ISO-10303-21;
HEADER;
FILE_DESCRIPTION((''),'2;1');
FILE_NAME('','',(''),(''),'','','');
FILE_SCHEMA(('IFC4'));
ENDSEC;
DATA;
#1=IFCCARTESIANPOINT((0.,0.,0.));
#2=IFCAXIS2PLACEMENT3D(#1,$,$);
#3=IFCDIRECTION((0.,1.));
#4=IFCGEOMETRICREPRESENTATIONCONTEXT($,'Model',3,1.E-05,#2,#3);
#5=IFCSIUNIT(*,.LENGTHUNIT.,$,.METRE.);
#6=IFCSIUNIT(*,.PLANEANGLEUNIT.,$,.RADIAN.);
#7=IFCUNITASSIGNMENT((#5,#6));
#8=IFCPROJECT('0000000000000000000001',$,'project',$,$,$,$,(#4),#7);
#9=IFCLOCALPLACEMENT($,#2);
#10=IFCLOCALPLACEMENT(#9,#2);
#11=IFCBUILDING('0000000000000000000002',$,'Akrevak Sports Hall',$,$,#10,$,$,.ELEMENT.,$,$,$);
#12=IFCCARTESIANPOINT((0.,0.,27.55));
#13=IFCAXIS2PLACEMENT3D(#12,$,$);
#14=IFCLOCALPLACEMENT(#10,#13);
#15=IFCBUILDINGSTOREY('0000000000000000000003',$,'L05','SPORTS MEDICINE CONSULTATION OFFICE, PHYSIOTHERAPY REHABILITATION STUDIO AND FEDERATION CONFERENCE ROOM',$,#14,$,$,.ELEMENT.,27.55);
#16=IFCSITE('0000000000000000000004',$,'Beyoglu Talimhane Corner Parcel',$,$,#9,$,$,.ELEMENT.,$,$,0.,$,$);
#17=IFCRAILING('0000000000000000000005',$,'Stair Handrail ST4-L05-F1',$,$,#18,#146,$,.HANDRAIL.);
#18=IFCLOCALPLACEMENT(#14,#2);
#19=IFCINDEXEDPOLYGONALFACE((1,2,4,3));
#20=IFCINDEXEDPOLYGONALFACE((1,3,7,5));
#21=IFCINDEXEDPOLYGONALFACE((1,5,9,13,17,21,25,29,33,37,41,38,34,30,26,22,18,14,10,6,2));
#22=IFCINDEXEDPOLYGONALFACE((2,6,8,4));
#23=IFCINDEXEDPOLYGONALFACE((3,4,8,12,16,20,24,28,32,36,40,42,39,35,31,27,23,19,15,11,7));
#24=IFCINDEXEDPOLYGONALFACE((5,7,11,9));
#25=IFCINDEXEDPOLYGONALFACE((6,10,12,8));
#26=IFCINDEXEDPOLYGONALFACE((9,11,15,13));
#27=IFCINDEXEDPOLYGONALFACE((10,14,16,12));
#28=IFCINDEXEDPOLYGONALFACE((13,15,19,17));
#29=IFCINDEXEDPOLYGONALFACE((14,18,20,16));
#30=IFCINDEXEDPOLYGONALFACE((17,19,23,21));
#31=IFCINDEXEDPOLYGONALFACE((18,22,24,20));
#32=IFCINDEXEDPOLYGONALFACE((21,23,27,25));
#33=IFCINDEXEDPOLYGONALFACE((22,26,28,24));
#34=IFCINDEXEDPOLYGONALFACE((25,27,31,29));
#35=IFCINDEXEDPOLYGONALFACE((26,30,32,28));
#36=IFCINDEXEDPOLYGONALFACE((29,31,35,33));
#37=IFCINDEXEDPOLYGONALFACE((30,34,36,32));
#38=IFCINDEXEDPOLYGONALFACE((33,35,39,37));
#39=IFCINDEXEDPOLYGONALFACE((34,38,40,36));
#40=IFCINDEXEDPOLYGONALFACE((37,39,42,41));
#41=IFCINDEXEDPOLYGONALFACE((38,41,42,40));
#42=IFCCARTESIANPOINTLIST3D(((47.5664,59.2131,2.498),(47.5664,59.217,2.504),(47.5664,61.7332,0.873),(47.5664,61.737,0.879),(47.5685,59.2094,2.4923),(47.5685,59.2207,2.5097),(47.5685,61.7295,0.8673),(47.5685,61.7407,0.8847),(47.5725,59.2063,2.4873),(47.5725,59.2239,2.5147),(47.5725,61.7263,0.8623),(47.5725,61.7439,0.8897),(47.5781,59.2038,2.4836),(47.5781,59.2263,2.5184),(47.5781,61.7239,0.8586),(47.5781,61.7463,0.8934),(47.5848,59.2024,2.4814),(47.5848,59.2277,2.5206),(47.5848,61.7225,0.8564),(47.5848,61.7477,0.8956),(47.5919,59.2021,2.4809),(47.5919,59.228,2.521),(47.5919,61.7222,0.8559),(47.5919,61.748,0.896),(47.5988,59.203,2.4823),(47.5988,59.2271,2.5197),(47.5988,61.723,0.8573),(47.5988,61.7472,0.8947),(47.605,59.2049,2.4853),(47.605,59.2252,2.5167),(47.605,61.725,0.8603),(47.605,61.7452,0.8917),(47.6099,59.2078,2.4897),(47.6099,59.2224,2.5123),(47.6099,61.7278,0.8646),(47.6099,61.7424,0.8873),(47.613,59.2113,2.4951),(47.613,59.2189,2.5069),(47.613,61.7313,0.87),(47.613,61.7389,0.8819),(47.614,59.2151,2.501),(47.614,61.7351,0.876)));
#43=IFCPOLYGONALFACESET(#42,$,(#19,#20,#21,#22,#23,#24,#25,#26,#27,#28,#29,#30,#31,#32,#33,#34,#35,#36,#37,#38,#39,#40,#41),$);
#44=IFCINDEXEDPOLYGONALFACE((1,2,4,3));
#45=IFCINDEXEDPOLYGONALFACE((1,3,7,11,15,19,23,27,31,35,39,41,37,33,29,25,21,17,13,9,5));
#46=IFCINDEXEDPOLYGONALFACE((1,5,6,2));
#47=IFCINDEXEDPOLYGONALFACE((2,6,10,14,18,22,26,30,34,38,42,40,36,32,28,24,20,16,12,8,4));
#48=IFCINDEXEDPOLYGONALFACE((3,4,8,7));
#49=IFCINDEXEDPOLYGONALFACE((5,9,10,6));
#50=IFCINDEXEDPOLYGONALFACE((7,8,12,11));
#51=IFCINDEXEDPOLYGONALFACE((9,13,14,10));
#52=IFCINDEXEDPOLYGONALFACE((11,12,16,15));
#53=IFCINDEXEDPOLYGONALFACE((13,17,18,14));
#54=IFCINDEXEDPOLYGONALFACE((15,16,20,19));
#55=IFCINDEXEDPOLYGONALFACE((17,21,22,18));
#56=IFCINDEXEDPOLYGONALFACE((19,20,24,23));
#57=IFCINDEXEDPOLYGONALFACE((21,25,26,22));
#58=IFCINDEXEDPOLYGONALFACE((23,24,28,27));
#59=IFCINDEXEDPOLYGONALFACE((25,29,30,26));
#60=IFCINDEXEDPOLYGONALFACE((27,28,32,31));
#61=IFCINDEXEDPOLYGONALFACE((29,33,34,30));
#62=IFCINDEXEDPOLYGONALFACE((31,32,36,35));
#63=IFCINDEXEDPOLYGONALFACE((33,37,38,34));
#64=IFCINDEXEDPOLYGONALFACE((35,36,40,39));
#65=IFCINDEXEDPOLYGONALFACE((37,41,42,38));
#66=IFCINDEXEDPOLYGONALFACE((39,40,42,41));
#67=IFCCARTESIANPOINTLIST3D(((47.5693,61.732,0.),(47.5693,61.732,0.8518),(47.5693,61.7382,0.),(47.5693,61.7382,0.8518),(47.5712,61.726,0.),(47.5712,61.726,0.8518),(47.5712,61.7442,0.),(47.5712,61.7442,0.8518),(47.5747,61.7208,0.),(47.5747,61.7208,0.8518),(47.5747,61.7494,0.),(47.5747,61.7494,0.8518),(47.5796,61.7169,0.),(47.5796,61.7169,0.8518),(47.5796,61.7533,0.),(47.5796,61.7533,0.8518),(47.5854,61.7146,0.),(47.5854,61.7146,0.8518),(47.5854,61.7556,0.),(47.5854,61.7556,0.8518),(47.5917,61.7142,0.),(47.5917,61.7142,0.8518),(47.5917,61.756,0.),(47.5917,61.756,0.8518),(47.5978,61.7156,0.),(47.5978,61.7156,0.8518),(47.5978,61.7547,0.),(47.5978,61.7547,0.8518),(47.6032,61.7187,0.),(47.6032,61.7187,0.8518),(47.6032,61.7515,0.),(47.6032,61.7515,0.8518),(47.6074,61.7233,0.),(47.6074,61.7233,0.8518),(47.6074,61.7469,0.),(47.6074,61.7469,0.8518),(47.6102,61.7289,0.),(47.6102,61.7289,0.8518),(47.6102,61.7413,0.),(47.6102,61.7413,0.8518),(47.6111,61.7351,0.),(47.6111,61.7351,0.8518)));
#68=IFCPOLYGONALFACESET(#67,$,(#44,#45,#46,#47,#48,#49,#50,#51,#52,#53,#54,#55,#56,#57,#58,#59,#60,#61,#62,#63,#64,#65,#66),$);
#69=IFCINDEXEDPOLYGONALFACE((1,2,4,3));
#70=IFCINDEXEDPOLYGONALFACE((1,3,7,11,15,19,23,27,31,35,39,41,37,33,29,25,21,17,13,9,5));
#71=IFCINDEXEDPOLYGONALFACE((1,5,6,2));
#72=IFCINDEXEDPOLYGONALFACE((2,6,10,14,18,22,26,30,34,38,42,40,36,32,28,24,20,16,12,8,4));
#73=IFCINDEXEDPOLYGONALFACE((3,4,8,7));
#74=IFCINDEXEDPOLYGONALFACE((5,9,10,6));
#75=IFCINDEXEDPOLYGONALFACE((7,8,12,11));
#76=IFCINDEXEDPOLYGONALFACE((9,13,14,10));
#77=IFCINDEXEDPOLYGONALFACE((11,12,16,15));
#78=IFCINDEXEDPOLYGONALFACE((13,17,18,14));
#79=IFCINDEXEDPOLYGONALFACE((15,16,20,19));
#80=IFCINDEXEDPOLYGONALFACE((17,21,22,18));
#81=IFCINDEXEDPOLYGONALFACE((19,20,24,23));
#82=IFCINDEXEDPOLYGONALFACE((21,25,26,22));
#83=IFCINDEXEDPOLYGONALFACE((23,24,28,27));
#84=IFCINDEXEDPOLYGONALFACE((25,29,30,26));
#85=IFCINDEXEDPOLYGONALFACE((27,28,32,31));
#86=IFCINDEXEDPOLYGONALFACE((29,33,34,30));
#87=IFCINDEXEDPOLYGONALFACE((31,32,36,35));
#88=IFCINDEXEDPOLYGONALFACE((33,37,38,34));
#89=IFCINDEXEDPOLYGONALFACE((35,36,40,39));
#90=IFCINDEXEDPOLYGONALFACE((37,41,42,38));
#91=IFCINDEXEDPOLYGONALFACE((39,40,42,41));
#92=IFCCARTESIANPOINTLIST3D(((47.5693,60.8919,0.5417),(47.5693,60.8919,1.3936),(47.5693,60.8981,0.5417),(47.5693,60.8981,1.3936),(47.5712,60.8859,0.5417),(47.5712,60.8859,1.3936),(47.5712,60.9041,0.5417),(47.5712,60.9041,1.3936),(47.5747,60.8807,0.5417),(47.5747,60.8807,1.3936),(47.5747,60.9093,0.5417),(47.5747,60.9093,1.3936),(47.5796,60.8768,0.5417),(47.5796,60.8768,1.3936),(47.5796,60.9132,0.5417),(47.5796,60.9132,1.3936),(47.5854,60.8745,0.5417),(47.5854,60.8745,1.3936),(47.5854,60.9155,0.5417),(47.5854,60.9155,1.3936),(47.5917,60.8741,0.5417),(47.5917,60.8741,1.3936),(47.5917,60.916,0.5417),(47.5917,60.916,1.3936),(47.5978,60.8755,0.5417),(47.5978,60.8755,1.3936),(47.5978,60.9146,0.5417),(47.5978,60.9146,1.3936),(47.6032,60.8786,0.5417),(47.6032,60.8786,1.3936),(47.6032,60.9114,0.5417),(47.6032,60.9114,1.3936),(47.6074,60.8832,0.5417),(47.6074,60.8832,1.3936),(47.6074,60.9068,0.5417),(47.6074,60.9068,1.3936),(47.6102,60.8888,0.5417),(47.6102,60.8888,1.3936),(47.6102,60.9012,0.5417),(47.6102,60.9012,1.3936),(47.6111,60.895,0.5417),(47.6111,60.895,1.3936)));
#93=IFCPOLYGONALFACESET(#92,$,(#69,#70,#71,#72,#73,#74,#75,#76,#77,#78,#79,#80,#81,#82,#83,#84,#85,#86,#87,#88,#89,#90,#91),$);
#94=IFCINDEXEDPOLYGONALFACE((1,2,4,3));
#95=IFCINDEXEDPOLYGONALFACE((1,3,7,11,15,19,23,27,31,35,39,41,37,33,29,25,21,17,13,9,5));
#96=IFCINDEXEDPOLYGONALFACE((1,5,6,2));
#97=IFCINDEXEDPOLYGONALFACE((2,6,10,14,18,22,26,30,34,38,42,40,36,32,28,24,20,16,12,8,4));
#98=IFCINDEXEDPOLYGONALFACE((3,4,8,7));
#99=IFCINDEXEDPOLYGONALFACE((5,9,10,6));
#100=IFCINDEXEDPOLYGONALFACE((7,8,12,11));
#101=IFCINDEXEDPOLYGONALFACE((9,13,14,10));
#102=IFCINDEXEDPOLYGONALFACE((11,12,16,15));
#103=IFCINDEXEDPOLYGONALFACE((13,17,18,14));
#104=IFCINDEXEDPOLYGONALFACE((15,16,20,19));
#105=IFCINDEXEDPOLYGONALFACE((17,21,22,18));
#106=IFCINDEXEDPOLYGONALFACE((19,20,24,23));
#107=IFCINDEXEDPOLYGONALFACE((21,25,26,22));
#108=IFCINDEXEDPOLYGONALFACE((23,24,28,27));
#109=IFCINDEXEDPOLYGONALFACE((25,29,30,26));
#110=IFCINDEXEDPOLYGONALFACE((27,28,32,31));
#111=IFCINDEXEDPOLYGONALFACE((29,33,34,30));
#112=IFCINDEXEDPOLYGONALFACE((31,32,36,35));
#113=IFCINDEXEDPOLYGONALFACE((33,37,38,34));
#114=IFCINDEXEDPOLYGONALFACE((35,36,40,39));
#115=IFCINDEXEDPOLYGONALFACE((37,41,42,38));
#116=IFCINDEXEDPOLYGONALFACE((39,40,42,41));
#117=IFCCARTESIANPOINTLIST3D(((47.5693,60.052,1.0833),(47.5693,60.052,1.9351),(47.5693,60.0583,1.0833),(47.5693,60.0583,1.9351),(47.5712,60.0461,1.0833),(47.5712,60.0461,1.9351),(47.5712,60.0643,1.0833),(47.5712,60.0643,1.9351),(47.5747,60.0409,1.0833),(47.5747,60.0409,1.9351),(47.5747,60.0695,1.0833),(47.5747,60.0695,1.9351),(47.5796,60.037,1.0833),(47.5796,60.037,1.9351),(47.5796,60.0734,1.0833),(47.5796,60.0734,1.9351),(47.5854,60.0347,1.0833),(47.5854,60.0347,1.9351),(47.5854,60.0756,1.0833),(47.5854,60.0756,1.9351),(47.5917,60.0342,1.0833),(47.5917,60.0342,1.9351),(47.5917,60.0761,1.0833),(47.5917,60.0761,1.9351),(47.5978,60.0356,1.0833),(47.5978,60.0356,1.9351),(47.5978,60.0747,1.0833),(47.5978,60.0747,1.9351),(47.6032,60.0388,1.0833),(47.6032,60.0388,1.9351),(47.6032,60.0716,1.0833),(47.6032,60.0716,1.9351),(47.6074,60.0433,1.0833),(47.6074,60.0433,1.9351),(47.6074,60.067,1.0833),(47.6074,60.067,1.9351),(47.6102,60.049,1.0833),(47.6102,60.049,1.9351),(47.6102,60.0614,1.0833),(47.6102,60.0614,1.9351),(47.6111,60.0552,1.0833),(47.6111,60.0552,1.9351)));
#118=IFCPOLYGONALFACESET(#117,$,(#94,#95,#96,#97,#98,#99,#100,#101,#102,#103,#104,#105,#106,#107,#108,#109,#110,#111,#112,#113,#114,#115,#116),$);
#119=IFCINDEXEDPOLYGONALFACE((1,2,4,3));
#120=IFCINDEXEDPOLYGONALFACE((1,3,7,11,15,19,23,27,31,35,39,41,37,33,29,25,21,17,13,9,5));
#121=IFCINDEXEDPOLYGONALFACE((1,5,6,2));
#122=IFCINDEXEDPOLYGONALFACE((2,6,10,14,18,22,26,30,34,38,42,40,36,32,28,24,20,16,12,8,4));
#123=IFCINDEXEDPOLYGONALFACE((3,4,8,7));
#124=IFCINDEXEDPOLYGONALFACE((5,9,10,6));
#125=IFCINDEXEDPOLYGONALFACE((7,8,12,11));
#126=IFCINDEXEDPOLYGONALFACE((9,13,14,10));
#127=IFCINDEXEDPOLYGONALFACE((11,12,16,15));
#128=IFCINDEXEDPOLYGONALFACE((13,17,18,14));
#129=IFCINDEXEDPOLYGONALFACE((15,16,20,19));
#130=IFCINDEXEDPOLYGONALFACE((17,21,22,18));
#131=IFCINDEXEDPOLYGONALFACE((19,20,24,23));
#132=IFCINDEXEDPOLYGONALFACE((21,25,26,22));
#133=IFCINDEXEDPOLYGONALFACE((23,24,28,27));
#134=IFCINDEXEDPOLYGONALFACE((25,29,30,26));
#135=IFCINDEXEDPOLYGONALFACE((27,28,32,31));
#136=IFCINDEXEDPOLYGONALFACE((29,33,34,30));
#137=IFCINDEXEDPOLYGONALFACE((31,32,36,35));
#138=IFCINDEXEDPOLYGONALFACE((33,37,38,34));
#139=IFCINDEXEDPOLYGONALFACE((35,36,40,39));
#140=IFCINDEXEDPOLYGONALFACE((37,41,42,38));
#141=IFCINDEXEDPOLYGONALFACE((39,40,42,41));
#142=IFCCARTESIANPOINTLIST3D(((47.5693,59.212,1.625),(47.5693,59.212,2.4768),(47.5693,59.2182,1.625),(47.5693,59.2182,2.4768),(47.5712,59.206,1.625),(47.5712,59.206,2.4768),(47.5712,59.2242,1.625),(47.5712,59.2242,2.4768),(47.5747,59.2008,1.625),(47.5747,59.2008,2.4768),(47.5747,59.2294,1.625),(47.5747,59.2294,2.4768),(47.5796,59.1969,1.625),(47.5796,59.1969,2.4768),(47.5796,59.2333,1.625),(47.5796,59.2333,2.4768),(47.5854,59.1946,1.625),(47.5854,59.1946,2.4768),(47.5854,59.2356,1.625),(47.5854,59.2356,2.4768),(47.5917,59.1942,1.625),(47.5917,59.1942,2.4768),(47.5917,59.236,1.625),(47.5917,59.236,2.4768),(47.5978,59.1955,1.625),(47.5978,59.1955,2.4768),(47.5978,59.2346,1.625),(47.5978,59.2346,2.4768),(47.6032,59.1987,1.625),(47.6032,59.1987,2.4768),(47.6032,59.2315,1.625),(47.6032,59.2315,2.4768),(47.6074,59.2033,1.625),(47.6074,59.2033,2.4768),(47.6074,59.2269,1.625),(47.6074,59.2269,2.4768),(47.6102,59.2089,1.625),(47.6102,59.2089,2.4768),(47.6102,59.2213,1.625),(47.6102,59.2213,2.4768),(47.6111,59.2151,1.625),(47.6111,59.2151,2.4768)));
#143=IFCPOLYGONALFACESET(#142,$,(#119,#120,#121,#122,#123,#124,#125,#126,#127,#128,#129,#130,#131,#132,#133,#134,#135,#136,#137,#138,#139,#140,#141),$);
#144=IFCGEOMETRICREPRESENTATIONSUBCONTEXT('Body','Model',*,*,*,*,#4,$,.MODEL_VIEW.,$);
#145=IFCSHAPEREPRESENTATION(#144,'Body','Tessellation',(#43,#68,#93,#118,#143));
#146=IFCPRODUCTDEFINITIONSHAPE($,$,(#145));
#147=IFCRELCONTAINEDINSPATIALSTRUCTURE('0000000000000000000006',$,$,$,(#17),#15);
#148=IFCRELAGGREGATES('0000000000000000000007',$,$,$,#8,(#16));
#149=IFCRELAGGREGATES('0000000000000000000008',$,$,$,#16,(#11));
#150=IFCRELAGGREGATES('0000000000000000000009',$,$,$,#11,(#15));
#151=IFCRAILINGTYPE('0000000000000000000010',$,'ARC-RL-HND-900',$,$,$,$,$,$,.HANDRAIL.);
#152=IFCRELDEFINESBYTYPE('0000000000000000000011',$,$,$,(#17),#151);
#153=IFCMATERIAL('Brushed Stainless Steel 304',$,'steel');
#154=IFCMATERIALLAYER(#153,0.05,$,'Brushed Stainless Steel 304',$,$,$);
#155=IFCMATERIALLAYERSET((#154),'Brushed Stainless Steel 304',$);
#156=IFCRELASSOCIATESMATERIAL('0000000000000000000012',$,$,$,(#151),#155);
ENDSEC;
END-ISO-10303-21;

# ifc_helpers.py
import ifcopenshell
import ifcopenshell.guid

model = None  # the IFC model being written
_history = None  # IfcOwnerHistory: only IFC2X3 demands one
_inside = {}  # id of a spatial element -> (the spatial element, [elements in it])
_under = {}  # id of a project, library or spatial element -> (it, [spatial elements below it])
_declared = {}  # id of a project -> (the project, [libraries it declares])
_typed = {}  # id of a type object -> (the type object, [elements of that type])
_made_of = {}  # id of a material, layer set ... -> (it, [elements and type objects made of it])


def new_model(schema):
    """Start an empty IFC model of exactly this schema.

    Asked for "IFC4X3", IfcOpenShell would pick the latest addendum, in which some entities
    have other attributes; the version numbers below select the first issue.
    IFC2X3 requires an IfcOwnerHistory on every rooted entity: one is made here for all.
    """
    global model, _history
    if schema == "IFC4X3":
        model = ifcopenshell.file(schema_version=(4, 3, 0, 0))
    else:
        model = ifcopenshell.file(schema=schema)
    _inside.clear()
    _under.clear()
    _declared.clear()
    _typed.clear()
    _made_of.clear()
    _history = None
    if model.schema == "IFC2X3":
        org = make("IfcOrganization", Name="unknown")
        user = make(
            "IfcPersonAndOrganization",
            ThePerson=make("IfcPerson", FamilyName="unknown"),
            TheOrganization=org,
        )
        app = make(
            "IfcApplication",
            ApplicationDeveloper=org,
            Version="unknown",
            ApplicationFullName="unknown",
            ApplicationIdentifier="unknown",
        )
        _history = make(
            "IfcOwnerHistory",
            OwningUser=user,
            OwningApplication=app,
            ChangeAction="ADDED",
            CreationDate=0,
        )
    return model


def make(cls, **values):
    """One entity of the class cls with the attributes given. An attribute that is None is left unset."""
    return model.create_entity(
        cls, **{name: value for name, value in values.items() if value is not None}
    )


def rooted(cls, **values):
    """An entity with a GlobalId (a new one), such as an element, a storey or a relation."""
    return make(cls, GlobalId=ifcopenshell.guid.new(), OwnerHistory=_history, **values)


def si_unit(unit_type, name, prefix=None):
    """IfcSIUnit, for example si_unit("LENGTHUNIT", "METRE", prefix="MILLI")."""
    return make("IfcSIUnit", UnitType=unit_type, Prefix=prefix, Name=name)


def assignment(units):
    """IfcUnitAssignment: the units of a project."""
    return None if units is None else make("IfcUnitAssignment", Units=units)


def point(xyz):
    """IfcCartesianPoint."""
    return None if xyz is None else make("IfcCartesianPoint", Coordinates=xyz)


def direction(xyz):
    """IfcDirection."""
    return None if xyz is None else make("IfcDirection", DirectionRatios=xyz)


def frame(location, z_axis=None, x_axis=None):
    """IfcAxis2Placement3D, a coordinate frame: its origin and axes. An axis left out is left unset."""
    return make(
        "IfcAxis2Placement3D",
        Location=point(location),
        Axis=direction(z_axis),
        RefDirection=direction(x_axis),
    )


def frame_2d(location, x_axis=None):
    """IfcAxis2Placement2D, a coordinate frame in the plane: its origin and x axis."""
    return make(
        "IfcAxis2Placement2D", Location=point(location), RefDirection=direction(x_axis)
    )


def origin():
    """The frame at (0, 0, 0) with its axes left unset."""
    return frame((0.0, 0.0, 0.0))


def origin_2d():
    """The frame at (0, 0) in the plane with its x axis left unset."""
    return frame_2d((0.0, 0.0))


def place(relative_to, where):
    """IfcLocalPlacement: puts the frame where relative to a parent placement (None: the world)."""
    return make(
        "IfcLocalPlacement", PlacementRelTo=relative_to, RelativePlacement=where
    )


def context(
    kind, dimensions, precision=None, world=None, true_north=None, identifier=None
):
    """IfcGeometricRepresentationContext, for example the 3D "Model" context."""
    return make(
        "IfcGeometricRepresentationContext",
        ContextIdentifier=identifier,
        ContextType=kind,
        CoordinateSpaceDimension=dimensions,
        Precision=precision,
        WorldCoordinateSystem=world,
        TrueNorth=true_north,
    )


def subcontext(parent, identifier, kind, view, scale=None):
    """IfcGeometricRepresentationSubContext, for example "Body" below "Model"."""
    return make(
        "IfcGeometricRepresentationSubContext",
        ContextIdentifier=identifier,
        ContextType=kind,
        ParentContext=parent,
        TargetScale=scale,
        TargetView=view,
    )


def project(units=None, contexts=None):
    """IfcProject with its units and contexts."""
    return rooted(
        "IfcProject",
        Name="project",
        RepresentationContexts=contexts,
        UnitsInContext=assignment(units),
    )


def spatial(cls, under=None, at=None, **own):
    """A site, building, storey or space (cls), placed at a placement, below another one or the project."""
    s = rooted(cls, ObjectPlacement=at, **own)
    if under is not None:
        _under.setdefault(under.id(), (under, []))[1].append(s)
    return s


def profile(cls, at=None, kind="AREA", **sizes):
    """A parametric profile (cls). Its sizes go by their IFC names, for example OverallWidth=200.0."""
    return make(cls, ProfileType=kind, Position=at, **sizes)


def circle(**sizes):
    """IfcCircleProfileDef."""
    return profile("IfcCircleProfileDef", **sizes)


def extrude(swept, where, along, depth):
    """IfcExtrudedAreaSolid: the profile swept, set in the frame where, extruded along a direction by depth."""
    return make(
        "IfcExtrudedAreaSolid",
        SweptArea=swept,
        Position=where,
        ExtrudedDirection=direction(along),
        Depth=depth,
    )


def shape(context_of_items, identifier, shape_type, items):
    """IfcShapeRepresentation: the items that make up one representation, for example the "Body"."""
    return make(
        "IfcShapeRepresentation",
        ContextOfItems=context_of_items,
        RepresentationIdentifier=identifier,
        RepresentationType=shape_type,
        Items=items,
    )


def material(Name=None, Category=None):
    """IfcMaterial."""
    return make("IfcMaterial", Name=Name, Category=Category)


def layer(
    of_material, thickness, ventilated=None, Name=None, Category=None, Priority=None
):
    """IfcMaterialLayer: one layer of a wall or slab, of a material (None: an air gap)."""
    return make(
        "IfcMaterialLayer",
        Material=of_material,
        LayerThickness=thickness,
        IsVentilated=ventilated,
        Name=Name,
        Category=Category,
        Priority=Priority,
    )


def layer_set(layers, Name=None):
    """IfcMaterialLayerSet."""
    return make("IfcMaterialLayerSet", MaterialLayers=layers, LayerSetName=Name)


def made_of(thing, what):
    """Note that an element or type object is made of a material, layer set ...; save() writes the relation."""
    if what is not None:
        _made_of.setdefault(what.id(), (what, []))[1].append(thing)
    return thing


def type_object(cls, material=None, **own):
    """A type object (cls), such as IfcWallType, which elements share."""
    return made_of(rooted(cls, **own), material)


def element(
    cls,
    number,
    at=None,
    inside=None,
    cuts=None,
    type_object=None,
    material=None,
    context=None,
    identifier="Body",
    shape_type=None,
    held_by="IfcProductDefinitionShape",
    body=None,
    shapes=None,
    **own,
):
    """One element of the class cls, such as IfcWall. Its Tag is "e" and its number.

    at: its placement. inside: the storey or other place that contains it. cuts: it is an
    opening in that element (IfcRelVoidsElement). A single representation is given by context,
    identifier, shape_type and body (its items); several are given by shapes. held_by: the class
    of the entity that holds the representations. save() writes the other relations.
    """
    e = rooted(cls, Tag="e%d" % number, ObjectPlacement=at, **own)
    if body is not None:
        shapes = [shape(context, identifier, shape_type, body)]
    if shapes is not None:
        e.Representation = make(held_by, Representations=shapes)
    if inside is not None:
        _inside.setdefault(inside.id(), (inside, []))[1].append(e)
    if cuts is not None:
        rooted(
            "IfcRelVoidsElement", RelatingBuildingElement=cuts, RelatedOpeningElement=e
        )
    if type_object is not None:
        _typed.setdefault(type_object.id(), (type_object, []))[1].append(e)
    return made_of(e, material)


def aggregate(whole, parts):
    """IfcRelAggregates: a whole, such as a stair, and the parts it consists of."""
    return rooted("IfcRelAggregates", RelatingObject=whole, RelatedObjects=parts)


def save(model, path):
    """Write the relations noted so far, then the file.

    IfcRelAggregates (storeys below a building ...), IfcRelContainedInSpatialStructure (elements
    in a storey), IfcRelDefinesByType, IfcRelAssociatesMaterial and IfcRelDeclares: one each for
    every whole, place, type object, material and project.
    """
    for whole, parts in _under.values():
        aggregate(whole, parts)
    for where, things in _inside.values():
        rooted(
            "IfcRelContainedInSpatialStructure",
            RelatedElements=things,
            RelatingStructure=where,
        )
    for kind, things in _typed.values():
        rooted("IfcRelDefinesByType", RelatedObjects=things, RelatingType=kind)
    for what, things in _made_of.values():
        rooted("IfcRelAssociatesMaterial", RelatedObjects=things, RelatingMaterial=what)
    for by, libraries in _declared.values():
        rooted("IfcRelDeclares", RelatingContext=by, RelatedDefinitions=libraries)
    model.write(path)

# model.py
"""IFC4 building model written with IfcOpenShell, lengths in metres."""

from ifc_helpers import new_model, si_unit, direction, frame, origin, origin_2d, place, context, subcontext, project, spatial, circle, extrude, material, layer, layer_set, type_object, element, save


model = new_model("IFC4")

# Units and contexts
model_context = context("Model", 3, precision=1e-05, world=origin(), true_north=direction((0.0, 1.0)))
body_context = subcontext(model_context, "Body", "Model", "MODEL_VIEW")
ifc_project = project(units=[si_unit("LENGTHUNIT", "METRE"), si_unit("PLANEANGLEUNIT", "RADIAN")], contexts=[model_context])

# Site, building, storey
site_placement = place(None, origin())
site = spatial("IfcSite", under=ifc_project, at=site_placement, Name="Beyoglu Talimhane Corner Parcel", CompositionType="ELEMENT", RefElevation=0.0)
building_placement = place(site_placement, origin())
building = spatial("IfcBuilding", under=site, at=building_placement, Name="Akrevak Sports Hall", CompositionType="ELEMENT")
storey_placement = place(building_placement, frame((0.0, 0.0, 27.55)))
storey = spatial("IfcBuildingStorey", under=building, at=storey_placement, Name="L05", Description="SPORTS MEDICINE CONSULTATION OFFICE, PHYSIOTHERAPY REHABILITATION STUDIO AND FEDERATION CONFERENCE ROOM", CompositionType="ELEMENT", Elevation=27.55)

# Railing
ifc_material_1 = material(Name="Brushed Stainless Steel 304", Category="steel")
ifc_layer_1 = layer(ifc_material_1, 0.05, Name="Brushed Stainless Steel 304")
ifc_layer_set_1 = layer_set([ifc_layer_1], Name="Brushed Stainless Steel 304")
railing_type_1 = type_object("IfcRailingType", Name="ARC-RL-HND-900", PredefinedType="HANDRAIL", material=ifc_layer_set_1)
railing_1_placement = place(storey_placement, frame((47.5901, 61.7351, 0.0)))
element("IfcRailing", 1, at=railing_1_placement, inside=storey, type_object=railing_type_1, Name="Stair Handrail ST4-L05-F1", PredefinedType="HANDRAIL", context=body_context, shape_type="SweptSolid", body=[
    extrude(circle(Radius=0.0239, at=origin_2d()), frame((0.0, 0.0, 0.876), z_axis=(0.0, -0.840421, 0.541934), x_axis=(1.0, 0.0, 0.0)), (0.0, 0.0, 1.0), 2.9985),
    extrude(circle(Radius=0.021, at=origin_2d()), origin(), (0.0, 0.0, 1.0), 0.8518),
    extrude(circle(Radius=0.021, at=origin_2d()), frame((0.0, -0.8401, 0.5417)), (0.0, 0.0, 1.0), 0.8518),
    extrude(circle(Radius=0.021, at=origin_2d()), frame((0.0, -1.6799, 1.0833)), (0.0, 0.0, 1.0), 0.8518),
    extrude(circle(Radius=0.021, at=origin_2d()), frame((0.0, -2.52, 1.625)), (0.0, 0.0, 1.0), 0.8518),
])

save(model, "model.ifc")
